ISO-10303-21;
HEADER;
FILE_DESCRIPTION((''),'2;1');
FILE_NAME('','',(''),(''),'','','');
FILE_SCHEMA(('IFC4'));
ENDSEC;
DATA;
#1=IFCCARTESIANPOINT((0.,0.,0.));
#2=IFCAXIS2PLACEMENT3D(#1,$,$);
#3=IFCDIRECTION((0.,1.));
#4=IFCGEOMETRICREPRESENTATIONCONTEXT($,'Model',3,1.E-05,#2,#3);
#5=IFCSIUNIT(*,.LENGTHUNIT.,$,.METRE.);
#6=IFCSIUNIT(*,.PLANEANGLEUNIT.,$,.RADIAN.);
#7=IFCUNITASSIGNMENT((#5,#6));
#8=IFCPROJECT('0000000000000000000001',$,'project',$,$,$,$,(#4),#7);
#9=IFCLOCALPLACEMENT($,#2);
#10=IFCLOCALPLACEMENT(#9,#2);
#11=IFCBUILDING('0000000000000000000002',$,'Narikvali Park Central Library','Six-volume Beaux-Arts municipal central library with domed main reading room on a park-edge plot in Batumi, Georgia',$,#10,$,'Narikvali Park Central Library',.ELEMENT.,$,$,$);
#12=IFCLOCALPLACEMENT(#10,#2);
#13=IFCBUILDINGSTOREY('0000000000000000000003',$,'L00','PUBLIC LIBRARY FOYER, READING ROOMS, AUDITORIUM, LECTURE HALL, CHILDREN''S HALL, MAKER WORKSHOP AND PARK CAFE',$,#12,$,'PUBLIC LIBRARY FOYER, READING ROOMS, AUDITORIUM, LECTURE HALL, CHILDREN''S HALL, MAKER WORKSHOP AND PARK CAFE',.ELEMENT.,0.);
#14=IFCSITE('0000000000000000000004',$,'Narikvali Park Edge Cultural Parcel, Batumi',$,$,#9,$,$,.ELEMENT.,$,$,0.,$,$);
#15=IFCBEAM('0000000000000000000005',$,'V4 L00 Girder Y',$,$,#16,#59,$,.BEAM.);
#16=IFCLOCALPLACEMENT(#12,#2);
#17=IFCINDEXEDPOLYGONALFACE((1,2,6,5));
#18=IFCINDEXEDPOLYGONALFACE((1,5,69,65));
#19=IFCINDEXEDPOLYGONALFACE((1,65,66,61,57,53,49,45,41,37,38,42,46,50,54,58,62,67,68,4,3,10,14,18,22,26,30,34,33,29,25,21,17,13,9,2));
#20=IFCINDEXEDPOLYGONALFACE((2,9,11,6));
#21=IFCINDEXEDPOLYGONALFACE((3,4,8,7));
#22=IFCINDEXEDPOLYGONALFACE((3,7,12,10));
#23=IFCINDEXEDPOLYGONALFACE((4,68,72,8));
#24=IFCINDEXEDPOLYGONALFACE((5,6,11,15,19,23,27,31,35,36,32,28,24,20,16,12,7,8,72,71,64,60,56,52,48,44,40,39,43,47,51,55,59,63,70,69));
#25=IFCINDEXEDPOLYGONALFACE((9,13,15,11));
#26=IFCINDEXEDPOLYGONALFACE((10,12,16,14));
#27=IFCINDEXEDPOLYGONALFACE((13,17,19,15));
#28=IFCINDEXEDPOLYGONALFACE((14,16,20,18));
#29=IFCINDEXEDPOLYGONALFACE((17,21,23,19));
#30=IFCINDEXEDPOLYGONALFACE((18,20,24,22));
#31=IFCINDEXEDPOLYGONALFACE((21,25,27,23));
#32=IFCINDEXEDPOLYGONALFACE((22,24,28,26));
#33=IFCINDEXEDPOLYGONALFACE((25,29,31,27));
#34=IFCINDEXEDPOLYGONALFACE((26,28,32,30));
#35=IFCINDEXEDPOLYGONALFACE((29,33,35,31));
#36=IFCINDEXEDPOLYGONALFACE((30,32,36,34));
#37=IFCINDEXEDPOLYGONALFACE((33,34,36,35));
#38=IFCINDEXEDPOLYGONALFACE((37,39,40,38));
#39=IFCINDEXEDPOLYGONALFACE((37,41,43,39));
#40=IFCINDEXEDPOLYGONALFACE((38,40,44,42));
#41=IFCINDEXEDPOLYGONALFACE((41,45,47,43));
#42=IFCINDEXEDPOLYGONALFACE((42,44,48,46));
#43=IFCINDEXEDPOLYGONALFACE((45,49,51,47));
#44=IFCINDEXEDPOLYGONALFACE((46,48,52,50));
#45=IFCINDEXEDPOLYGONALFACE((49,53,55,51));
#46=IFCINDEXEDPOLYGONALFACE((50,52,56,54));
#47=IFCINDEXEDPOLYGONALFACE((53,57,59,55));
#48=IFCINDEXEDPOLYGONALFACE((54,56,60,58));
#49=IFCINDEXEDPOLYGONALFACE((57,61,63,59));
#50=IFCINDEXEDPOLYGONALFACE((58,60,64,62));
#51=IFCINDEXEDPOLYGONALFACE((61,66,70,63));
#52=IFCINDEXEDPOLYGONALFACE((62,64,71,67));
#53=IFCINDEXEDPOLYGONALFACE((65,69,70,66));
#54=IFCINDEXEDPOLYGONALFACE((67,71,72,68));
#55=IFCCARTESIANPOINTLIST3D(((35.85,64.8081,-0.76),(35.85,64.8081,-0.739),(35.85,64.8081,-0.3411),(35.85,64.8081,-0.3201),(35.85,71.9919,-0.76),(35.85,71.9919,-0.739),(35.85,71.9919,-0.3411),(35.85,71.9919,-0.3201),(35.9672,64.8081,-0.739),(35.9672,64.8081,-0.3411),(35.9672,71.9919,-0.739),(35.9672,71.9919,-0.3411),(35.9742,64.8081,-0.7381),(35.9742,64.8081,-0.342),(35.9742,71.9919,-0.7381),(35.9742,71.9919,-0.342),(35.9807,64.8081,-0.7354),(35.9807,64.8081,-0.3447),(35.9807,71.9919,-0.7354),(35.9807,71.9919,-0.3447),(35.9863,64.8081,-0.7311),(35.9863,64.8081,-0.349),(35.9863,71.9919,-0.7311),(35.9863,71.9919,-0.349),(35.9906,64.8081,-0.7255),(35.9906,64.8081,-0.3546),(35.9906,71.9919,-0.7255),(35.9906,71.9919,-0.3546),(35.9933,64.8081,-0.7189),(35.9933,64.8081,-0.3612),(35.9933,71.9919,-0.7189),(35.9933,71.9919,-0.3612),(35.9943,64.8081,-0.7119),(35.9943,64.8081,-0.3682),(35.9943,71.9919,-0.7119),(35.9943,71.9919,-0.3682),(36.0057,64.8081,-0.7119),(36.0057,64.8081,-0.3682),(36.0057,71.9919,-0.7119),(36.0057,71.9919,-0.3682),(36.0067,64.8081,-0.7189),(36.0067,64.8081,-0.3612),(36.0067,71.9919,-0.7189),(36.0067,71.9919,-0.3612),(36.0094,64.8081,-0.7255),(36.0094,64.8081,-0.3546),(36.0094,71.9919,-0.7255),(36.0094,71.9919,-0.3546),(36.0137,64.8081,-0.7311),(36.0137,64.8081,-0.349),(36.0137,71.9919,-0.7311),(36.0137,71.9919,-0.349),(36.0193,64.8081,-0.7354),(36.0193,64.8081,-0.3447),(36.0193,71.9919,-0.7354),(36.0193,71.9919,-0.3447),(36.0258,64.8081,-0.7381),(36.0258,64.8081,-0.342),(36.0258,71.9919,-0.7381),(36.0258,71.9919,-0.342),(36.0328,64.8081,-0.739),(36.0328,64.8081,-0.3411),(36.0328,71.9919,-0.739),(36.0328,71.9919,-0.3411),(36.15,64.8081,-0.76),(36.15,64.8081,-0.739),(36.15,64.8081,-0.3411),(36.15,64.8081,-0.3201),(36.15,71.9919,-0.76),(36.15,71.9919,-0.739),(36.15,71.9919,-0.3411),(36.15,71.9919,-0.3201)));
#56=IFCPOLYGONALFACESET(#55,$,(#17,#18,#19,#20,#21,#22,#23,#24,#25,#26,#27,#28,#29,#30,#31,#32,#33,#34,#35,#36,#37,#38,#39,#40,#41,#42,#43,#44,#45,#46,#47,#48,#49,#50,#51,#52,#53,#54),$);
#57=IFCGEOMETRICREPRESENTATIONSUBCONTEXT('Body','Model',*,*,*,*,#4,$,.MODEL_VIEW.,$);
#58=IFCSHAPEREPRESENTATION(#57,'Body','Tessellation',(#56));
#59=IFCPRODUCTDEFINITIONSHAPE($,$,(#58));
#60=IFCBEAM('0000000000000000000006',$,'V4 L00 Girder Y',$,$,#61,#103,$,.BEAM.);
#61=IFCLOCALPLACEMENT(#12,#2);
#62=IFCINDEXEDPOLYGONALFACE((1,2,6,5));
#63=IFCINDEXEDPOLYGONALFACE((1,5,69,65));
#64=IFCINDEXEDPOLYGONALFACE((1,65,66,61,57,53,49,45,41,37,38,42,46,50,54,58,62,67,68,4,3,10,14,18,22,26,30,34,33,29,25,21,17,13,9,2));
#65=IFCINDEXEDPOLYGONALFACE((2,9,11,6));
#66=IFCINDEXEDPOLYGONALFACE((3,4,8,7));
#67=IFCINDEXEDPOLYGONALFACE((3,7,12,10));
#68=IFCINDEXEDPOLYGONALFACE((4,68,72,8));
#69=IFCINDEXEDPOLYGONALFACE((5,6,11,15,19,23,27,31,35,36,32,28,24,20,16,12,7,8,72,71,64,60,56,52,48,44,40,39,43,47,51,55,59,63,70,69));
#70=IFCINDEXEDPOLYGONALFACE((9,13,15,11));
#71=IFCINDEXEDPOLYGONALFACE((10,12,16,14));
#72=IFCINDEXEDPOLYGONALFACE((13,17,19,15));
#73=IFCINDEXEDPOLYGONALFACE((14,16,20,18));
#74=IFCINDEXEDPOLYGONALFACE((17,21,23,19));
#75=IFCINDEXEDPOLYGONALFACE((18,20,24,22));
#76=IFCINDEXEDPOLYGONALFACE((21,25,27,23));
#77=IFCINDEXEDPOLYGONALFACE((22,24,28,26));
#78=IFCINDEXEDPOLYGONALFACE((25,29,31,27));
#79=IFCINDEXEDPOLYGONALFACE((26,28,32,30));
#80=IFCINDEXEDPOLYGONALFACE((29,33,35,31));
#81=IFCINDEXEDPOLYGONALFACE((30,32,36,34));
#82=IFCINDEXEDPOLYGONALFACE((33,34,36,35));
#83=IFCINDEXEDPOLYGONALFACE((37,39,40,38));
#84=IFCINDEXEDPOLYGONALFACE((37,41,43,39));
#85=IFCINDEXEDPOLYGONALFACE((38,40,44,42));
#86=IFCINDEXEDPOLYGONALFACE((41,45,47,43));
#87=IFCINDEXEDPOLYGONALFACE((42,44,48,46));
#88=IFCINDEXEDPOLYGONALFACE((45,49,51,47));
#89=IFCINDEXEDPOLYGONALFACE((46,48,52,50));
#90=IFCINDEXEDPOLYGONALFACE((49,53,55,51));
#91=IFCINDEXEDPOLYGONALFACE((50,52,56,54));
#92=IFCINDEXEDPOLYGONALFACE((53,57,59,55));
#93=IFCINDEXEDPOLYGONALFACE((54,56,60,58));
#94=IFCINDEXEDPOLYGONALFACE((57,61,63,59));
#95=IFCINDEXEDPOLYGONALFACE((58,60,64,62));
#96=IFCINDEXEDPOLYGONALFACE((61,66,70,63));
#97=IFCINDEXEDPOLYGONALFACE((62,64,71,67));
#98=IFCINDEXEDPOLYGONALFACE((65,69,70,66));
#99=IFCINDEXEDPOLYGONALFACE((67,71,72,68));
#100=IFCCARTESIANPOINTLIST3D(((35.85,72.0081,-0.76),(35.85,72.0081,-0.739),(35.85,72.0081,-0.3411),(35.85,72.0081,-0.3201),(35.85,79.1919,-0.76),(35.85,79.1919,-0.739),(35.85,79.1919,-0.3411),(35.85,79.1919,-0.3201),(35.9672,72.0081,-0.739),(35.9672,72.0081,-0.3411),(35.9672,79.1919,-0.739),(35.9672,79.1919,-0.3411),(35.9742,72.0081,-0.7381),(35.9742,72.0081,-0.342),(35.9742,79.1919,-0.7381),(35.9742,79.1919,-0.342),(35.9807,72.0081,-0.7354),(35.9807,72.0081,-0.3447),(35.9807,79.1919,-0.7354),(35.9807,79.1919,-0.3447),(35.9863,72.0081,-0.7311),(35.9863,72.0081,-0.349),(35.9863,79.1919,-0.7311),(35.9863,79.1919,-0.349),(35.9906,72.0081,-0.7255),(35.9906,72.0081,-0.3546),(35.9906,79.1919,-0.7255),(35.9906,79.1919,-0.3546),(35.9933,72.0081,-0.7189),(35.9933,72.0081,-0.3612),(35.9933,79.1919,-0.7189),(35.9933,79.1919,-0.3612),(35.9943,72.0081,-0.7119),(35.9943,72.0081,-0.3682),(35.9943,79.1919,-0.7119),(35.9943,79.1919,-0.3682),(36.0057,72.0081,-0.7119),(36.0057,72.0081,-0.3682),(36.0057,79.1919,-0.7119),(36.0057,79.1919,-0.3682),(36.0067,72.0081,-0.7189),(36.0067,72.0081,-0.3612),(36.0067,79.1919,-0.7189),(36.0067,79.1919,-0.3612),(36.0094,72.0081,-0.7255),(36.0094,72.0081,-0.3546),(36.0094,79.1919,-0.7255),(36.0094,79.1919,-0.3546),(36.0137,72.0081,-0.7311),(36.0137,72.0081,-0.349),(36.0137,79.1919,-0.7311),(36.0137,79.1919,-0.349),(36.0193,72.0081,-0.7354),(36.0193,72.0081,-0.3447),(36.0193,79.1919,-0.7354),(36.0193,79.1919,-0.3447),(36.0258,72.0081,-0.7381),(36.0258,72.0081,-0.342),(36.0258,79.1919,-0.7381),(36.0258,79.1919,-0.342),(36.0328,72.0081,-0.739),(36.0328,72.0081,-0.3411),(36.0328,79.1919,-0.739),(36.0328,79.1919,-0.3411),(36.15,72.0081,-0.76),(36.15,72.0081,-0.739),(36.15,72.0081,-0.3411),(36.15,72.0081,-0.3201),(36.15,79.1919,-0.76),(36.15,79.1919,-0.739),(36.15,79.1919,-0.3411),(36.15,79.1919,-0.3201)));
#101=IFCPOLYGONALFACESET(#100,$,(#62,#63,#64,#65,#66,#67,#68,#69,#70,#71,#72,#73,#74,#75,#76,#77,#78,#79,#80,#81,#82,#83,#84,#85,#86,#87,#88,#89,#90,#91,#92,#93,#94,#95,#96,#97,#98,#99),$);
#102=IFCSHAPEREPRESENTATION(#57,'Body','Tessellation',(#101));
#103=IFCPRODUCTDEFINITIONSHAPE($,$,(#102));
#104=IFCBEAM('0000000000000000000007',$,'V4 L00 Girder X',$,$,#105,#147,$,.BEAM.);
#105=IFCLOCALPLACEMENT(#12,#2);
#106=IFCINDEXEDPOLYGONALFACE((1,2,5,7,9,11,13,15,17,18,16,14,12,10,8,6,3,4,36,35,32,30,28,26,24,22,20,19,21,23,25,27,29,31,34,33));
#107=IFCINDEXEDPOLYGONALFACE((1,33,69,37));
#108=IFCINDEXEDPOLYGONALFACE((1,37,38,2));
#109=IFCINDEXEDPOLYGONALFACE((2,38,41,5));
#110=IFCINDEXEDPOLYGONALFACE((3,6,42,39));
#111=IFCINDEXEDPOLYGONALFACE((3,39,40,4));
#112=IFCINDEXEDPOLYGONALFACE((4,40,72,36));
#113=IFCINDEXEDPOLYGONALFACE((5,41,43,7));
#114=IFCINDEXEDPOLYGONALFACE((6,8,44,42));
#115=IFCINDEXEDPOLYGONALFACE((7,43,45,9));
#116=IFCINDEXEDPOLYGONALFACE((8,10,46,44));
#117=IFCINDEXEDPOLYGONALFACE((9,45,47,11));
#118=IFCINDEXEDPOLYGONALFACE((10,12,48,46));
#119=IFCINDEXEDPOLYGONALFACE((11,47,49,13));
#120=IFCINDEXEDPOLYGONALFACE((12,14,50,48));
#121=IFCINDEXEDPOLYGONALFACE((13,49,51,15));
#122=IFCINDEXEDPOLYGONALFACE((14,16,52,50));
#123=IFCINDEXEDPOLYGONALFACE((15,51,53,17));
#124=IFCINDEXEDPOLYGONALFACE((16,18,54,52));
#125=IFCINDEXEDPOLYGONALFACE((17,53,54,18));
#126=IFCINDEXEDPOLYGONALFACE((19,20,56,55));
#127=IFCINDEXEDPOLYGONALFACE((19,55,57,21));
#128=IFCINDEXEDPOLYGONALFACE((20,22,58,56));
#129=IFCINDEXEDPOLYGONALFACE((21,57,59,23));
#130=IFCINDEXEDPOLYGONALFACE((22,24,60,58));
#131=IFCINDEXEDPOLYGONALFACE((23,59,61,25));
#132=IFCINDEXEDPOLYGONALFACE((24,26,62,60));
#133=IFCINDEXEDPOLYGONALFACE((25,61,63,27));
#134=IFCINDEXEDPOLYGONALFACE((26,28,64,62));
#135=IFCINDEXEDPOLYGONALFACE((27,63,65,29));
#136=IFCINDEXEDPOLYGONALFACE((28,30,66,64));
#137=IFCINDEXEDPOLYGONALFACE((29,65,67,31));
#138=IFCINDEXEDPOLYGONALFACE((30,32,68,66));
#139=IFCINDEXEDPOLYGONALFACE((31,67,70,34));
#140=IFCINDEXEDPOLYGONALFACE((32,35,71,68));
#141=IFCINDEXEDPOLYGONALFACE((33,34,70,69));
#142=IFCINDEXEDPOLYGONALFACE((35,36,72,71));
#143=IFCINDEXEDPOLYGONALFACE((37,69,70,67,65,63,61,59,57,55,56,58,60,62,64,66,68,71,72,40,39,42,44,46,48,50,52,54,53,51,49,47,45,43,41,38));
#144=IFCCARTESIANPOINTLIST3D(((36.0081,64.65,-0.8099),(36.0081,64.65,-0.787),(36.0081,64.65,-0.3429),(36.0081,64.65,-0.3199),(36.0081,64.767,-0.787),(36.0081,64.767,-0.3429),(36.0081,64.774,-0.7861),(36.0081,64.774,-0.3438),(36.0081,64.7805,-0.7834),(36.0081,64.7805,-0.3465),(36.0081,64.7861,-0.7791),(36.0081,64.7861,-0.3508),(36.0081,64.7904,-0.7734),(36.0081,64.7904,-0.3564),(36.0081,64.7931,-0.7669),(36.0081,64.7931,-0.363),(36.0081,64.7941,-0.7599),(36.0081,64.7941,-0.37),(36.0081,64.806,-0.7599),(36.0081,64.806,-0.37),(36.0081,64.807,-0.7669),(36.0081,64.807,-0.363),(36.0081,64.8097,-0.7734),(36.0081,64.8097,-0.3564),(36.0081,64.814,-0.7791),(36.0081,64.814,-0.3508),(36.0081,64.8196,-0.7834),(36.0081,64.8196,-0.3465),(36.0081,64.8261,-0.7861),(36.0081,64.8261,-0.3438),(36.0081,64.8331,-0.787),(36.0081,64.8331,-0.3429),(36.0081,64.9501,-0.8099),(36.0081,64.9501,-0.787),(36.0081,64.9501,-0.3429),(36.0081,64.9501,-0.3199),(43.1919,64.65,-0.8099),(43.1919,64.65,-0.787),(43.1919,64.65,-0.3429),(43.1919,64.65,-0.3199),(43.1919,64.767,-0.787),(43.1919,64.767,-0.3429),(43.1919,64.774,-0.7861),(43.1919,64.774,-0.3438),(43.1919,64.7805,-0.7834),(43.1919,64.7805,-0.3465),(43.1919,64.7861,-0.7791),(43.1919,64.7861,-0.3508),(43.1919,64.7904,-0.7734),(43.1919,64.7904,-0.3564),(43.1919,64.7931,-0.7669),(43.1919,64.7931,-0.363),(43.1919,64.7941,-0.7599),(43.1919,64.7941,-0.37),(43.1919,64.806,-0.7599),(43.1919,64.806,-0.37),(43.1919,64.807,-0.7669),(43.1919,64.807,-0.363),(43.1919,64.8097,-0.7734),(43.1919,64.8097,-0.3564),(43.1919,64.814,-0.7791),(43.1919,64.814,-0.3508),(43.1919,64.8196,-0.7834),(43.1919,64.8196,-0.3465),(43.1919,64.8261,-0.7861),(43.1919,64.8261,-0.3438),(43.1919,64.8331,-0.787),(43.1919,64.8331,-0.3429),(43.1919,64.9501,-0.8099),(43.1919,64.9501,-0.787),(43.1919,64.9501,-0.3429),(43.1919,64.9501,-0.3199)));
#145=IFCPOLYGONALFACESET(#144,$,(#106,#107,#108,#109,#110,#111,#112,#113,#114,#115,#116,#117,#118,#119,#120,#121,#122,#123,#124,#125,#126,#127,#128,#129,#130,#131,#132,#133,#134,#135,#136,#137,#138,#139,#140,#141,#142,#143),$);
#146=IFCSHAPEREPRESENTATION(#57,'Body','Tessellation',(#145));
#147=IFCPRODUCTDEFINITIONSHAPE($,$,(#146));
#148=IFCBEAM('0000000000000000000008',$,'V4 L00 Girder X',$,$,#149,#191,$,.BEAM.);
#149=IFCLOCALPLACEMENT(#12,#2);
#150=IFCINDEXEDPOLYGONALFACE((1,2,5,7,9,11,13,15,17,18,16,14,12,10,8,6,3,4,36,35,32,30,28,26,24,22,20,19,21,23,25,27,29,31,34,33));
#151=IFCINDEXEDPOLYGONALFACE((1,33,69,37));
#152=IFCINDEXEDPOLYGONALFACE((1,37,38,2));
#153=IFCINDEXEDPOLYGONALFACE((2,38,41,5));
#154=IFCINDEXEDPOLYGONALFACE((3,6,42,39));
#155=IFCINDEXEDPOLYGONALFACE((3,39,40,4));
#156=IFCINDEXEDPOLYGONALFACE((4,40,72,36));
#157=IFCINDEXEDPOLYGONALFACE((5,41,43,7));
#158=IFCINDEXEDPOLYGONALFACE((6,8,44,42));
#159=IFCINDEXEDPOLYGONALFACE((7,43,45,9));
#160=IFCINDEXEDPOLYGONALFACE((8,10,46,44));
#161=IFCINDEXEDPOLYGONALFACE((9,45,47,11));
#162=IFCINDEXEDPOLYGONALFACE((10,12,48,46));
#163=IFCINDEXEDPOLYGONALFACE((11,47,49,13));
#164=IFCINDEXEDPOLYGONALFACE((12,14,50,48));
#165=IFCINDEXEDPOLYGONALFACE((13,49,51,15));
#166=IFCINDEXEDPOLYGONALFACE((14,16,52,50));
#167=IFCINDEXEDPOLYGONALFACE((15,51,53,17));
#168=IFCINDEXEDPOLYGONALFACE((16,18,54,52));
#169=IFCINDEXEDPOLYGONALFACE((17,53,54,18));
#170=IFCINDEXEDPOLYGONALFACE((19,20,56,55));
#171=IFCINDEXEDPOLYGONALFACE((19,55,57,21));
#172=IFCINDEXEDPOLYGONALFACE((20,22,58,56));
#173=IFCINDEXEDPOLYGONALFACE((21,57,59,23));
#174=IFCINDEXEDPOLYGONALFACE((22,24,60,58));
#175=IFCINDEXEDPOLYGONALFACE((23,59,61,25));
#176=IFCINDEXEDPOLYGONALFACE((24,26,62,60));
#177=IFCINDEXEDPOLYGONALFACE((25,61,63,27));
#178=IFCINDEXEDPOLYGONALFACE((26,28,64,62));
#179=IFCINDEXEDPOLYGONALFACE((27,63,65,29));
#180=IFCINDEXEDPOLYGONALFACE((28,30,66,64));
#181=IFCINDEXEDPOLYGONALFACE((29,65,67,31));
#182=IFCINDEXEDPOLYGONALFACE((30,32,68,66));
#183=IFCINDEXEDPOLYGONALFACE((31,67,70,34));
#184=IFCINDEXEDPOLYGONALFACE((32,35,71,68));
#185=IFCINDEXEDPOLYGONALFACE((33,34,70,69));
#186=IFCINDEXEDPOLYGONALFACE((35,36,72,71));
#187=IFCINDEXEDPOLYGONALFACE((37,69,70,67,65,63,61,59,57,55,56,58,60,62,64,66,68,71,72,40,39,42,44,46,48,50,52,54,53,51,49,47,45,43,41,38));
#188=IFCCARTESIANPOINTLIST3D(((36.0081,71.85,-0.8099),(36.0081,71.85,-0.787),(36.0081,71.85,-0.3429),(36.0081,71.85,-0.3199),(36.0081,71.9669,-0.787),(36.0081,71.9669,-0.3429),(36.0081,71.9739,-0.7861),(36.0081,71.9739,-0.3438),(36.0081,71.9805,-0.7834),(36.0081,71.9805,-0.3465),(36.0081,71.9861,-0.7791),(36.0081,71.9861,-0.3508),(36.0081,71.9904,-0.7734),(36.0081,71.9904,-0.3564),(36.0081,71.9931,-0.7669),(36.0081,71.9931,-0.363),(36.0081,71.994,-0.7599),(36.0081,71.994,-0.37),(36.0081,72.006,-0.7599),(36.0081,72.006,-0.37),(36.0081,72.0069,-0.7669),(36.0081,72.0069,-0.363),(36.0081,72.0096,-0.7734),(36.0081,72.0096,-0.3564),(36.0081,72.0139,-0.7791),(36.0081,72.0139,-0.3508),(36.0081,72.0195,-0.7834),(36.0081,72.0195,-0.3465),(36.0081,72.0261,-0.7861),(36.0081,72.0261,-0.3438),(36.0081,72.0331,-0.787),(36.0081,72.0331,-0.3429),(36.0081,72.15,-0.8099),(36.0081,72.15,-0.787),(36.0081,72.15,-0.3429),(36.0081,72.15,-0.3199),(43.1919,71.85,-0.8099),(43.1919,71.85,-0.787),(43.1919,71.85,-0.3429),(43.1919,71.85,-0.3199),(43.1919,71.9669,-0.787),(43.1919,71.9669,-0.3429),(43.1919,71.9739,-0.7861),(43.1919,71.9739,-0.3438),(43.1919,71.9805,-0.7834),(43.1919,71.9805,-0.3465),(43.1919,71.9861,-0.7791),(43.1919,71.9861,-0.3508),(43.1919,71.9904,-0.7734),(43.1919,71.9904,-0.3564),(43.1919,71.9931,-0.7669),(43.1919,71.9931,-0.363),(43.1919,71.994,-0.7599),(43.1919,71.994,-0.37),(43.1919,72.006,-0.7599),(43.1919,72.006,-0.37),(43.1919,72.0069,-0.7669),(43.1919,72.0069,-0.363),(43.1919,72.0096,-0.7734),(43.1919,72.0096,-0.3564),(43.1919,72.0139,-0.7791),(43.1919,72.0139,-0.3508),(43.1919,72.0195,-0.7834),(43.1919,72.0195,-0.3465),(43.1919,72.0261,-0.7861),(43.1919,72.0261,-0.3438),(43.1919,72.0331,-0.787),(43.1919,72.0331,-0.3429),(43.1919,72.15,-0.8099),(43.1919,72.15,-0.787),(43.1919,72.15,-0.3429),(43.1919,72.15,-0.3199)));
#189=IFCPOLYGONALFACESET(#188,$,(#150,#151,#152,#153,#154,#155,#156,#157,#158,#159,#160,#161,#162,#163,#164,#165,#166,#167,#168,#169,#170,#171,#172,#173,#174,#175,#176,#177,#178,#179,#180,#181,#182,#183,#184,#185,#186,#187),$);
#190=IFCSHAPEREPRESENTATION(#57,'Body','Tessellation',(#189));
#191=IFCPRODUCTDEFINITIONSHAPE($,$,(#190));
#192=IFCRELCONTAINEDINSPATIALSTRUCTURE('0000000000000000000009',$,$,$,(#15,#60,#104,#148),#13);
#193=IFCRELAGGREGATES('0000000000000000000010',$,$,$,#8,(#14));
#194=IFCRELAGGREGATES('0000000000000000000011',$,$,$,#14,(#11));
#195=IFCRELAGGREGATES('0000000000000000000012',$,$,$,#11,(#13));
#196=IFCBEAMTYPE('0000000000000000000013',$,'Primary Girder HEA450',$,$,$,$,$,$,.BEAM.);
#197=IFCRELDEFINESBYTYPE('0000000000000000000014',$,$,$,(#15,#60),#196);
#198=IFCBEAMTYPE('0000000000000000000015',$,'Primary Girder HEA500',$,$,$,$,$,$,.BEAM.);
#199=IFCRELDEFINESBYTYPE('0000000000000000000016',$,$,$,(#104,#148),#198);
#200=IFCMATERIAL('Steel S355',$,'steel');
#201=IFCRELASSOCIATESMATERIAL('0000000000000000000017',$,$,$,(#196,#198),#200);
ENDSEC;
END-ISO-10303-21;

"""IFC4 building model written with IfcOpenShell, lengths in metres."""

from ifc_helpers import new_model, si_unit, direction, frame, origin, origin_2d, place, context, subcontext, project, spatial, i_section, extrude, material, material_profile, profile_set, type_object, element, save


model = new_model("IFC4")

# Units and contexts
model_context = context("Model", 3, precision=1e-05, world=origin(), true_north=direction((0.0, 1.0)))
body_context = subcontext(model_context, "Body", "Model", "MODEL_VIEW")
ifc_project = project(units=[si_unit("LENGTHUNIT", "METRE"), si_unit("PLANEANGLEUNIT", "RADIAN")], contexts=[model_context])

# Site, building, storey
site_placement = place(None, origin())
site = spatial("IfcSite", under=ifc_project, at=site_placement, Name="Narikvali Park Edge Cultural Parcel, Batumi", CompositionType="ELEMENT", RefElevation=0.0)
building_placement = place(site_placement, origin())
building = spatial("IfcBuilding", under=site, at=building_placement, Name="Narikvali Park Central Library", Description="Six-volume Beaux-Arts municipal central library with domed main reading room on a park-edge plot in Batumi, Georgia", LongName="Narikvali Park Central Library", CompositionType="ELEMENT")
storey_placement = place(building_placement, origin())
storey = spatial("IfcBuildingStorey", under=building, at=storey_placement, Name="L00", Description="PUBLIC LIBRARY FOYER, READING ROOMS, AUDITORIUM, LECTURE HALL, CHILDREN'S HALL, MAKER WORKSHOP AND PARK CAFE", LongName="PUBLIC LIBRARY FOYER, READING ROOMS, AUDITORIUM, LECTURE HALL, CHILDREN'S HALL, MAKER WORKSHOP AND PARK CAFE", CompositionType="ELEMENT", Elevation=0.0)

# Shared definitions
ifc_material_1 = material(Name="Steel S355", Category="steel")

# Beams
ifc_material_profile_1 = material_profile(ifc_material_1, i_section(OverallWidth=0.3, OverallDepth=0.4399, WebThickness=0.0115, FlangeThickness=0.021, FilletRadius=0.0271, at=origin_2d()), Name="HEA 450")
ifc_profile_set_1 = profile_set([ifc_material_profile_1], Name="Steel S355")
beam_type_1 = type_object("IfcBeamType", Name="Primary Girder HEA450", PredefinedType="BEAM", material=ifc_profile_set_1)
for number, where, z_axis, x_axis, name in (
    (1, (36.0, 64.8081, -0.54), (0.0, 1.0, 0.0), (-1.0, 0.0, 0.0), "V4 L00 Girder Y"),
    (2, (36.0, 72.0081, -0.54), (0.0, 1.0, 0.0), (-1.0, 0.0, 0.0), "V4 L00 Girder Y"),
):
    element("IfcBeam", number, at=place(storey_placement, frame(where, z_axis=z_axis, x_axis=x_axis)), inside=storey, type_object=beam_type_1, Name=name, PredefinedType="BEAM", context=body_context, shape_type="SweptSolid", body=[
        extrude(i_section(OverallWidth=0.3, OverallDepth=0.4399, WebThickness=0.0115, FlangeThickness=0.021, FilletRadius=0.0271, at=origin_2d()), origin(), (0.0, 0.0, 1.0), 7.1838),
    ])
ifc_material_profile_2 = material_profile(ifc_material_1, i_section(OverallWidth=0.3, OverallDepth=0.49, WebThickness=0.012, FlangeThickness=0.0229, FilletRadius=0.0271, at=origin_2d()), Name="HEA 500")
ifc_profile_set_2 = profile_set([ifc_material_profile_2], Name="Steel S355")
beam_type_2 = type_object("IfcBeamType", Name="Primary Girder HEA500", PredefinedType="BEAM", material=ifc_profile_set_2)
for number, where, z_axis, x_axis, name in (
    (3, (36.0081, 64.8, -0.5649), (1.0, 0.0, 0.0), (0.0, 1.0, 0.0), "V4 L00 Girder X"),
    (4, (36.0081, 72.0, -0.5649), (1.0, 0.0, 0.0), (0.0, 1.0, 0.0), "V4 L00 Girder X"),
):
    element("IfcBeam", number, at=place(storey_placement, frame(where, z_axis=z_axis, x_axis=x_axis)), inside=storey, type_object=beam_type_2, Name=name, PredefinedType="BEAM", context=body_context, shape_type="SweptSolid", body=[
        extrude(i_section(OverallWidth=0.3, OverallDepth=0.49, WebThickness=0.012, FlangeThickness=0.0229, FilletRadius=0.0271, at=origin_2d()), origin(), (0.0, 0.0, 1.0), 7.1838),
    ])

save(model, "model.ifc")
